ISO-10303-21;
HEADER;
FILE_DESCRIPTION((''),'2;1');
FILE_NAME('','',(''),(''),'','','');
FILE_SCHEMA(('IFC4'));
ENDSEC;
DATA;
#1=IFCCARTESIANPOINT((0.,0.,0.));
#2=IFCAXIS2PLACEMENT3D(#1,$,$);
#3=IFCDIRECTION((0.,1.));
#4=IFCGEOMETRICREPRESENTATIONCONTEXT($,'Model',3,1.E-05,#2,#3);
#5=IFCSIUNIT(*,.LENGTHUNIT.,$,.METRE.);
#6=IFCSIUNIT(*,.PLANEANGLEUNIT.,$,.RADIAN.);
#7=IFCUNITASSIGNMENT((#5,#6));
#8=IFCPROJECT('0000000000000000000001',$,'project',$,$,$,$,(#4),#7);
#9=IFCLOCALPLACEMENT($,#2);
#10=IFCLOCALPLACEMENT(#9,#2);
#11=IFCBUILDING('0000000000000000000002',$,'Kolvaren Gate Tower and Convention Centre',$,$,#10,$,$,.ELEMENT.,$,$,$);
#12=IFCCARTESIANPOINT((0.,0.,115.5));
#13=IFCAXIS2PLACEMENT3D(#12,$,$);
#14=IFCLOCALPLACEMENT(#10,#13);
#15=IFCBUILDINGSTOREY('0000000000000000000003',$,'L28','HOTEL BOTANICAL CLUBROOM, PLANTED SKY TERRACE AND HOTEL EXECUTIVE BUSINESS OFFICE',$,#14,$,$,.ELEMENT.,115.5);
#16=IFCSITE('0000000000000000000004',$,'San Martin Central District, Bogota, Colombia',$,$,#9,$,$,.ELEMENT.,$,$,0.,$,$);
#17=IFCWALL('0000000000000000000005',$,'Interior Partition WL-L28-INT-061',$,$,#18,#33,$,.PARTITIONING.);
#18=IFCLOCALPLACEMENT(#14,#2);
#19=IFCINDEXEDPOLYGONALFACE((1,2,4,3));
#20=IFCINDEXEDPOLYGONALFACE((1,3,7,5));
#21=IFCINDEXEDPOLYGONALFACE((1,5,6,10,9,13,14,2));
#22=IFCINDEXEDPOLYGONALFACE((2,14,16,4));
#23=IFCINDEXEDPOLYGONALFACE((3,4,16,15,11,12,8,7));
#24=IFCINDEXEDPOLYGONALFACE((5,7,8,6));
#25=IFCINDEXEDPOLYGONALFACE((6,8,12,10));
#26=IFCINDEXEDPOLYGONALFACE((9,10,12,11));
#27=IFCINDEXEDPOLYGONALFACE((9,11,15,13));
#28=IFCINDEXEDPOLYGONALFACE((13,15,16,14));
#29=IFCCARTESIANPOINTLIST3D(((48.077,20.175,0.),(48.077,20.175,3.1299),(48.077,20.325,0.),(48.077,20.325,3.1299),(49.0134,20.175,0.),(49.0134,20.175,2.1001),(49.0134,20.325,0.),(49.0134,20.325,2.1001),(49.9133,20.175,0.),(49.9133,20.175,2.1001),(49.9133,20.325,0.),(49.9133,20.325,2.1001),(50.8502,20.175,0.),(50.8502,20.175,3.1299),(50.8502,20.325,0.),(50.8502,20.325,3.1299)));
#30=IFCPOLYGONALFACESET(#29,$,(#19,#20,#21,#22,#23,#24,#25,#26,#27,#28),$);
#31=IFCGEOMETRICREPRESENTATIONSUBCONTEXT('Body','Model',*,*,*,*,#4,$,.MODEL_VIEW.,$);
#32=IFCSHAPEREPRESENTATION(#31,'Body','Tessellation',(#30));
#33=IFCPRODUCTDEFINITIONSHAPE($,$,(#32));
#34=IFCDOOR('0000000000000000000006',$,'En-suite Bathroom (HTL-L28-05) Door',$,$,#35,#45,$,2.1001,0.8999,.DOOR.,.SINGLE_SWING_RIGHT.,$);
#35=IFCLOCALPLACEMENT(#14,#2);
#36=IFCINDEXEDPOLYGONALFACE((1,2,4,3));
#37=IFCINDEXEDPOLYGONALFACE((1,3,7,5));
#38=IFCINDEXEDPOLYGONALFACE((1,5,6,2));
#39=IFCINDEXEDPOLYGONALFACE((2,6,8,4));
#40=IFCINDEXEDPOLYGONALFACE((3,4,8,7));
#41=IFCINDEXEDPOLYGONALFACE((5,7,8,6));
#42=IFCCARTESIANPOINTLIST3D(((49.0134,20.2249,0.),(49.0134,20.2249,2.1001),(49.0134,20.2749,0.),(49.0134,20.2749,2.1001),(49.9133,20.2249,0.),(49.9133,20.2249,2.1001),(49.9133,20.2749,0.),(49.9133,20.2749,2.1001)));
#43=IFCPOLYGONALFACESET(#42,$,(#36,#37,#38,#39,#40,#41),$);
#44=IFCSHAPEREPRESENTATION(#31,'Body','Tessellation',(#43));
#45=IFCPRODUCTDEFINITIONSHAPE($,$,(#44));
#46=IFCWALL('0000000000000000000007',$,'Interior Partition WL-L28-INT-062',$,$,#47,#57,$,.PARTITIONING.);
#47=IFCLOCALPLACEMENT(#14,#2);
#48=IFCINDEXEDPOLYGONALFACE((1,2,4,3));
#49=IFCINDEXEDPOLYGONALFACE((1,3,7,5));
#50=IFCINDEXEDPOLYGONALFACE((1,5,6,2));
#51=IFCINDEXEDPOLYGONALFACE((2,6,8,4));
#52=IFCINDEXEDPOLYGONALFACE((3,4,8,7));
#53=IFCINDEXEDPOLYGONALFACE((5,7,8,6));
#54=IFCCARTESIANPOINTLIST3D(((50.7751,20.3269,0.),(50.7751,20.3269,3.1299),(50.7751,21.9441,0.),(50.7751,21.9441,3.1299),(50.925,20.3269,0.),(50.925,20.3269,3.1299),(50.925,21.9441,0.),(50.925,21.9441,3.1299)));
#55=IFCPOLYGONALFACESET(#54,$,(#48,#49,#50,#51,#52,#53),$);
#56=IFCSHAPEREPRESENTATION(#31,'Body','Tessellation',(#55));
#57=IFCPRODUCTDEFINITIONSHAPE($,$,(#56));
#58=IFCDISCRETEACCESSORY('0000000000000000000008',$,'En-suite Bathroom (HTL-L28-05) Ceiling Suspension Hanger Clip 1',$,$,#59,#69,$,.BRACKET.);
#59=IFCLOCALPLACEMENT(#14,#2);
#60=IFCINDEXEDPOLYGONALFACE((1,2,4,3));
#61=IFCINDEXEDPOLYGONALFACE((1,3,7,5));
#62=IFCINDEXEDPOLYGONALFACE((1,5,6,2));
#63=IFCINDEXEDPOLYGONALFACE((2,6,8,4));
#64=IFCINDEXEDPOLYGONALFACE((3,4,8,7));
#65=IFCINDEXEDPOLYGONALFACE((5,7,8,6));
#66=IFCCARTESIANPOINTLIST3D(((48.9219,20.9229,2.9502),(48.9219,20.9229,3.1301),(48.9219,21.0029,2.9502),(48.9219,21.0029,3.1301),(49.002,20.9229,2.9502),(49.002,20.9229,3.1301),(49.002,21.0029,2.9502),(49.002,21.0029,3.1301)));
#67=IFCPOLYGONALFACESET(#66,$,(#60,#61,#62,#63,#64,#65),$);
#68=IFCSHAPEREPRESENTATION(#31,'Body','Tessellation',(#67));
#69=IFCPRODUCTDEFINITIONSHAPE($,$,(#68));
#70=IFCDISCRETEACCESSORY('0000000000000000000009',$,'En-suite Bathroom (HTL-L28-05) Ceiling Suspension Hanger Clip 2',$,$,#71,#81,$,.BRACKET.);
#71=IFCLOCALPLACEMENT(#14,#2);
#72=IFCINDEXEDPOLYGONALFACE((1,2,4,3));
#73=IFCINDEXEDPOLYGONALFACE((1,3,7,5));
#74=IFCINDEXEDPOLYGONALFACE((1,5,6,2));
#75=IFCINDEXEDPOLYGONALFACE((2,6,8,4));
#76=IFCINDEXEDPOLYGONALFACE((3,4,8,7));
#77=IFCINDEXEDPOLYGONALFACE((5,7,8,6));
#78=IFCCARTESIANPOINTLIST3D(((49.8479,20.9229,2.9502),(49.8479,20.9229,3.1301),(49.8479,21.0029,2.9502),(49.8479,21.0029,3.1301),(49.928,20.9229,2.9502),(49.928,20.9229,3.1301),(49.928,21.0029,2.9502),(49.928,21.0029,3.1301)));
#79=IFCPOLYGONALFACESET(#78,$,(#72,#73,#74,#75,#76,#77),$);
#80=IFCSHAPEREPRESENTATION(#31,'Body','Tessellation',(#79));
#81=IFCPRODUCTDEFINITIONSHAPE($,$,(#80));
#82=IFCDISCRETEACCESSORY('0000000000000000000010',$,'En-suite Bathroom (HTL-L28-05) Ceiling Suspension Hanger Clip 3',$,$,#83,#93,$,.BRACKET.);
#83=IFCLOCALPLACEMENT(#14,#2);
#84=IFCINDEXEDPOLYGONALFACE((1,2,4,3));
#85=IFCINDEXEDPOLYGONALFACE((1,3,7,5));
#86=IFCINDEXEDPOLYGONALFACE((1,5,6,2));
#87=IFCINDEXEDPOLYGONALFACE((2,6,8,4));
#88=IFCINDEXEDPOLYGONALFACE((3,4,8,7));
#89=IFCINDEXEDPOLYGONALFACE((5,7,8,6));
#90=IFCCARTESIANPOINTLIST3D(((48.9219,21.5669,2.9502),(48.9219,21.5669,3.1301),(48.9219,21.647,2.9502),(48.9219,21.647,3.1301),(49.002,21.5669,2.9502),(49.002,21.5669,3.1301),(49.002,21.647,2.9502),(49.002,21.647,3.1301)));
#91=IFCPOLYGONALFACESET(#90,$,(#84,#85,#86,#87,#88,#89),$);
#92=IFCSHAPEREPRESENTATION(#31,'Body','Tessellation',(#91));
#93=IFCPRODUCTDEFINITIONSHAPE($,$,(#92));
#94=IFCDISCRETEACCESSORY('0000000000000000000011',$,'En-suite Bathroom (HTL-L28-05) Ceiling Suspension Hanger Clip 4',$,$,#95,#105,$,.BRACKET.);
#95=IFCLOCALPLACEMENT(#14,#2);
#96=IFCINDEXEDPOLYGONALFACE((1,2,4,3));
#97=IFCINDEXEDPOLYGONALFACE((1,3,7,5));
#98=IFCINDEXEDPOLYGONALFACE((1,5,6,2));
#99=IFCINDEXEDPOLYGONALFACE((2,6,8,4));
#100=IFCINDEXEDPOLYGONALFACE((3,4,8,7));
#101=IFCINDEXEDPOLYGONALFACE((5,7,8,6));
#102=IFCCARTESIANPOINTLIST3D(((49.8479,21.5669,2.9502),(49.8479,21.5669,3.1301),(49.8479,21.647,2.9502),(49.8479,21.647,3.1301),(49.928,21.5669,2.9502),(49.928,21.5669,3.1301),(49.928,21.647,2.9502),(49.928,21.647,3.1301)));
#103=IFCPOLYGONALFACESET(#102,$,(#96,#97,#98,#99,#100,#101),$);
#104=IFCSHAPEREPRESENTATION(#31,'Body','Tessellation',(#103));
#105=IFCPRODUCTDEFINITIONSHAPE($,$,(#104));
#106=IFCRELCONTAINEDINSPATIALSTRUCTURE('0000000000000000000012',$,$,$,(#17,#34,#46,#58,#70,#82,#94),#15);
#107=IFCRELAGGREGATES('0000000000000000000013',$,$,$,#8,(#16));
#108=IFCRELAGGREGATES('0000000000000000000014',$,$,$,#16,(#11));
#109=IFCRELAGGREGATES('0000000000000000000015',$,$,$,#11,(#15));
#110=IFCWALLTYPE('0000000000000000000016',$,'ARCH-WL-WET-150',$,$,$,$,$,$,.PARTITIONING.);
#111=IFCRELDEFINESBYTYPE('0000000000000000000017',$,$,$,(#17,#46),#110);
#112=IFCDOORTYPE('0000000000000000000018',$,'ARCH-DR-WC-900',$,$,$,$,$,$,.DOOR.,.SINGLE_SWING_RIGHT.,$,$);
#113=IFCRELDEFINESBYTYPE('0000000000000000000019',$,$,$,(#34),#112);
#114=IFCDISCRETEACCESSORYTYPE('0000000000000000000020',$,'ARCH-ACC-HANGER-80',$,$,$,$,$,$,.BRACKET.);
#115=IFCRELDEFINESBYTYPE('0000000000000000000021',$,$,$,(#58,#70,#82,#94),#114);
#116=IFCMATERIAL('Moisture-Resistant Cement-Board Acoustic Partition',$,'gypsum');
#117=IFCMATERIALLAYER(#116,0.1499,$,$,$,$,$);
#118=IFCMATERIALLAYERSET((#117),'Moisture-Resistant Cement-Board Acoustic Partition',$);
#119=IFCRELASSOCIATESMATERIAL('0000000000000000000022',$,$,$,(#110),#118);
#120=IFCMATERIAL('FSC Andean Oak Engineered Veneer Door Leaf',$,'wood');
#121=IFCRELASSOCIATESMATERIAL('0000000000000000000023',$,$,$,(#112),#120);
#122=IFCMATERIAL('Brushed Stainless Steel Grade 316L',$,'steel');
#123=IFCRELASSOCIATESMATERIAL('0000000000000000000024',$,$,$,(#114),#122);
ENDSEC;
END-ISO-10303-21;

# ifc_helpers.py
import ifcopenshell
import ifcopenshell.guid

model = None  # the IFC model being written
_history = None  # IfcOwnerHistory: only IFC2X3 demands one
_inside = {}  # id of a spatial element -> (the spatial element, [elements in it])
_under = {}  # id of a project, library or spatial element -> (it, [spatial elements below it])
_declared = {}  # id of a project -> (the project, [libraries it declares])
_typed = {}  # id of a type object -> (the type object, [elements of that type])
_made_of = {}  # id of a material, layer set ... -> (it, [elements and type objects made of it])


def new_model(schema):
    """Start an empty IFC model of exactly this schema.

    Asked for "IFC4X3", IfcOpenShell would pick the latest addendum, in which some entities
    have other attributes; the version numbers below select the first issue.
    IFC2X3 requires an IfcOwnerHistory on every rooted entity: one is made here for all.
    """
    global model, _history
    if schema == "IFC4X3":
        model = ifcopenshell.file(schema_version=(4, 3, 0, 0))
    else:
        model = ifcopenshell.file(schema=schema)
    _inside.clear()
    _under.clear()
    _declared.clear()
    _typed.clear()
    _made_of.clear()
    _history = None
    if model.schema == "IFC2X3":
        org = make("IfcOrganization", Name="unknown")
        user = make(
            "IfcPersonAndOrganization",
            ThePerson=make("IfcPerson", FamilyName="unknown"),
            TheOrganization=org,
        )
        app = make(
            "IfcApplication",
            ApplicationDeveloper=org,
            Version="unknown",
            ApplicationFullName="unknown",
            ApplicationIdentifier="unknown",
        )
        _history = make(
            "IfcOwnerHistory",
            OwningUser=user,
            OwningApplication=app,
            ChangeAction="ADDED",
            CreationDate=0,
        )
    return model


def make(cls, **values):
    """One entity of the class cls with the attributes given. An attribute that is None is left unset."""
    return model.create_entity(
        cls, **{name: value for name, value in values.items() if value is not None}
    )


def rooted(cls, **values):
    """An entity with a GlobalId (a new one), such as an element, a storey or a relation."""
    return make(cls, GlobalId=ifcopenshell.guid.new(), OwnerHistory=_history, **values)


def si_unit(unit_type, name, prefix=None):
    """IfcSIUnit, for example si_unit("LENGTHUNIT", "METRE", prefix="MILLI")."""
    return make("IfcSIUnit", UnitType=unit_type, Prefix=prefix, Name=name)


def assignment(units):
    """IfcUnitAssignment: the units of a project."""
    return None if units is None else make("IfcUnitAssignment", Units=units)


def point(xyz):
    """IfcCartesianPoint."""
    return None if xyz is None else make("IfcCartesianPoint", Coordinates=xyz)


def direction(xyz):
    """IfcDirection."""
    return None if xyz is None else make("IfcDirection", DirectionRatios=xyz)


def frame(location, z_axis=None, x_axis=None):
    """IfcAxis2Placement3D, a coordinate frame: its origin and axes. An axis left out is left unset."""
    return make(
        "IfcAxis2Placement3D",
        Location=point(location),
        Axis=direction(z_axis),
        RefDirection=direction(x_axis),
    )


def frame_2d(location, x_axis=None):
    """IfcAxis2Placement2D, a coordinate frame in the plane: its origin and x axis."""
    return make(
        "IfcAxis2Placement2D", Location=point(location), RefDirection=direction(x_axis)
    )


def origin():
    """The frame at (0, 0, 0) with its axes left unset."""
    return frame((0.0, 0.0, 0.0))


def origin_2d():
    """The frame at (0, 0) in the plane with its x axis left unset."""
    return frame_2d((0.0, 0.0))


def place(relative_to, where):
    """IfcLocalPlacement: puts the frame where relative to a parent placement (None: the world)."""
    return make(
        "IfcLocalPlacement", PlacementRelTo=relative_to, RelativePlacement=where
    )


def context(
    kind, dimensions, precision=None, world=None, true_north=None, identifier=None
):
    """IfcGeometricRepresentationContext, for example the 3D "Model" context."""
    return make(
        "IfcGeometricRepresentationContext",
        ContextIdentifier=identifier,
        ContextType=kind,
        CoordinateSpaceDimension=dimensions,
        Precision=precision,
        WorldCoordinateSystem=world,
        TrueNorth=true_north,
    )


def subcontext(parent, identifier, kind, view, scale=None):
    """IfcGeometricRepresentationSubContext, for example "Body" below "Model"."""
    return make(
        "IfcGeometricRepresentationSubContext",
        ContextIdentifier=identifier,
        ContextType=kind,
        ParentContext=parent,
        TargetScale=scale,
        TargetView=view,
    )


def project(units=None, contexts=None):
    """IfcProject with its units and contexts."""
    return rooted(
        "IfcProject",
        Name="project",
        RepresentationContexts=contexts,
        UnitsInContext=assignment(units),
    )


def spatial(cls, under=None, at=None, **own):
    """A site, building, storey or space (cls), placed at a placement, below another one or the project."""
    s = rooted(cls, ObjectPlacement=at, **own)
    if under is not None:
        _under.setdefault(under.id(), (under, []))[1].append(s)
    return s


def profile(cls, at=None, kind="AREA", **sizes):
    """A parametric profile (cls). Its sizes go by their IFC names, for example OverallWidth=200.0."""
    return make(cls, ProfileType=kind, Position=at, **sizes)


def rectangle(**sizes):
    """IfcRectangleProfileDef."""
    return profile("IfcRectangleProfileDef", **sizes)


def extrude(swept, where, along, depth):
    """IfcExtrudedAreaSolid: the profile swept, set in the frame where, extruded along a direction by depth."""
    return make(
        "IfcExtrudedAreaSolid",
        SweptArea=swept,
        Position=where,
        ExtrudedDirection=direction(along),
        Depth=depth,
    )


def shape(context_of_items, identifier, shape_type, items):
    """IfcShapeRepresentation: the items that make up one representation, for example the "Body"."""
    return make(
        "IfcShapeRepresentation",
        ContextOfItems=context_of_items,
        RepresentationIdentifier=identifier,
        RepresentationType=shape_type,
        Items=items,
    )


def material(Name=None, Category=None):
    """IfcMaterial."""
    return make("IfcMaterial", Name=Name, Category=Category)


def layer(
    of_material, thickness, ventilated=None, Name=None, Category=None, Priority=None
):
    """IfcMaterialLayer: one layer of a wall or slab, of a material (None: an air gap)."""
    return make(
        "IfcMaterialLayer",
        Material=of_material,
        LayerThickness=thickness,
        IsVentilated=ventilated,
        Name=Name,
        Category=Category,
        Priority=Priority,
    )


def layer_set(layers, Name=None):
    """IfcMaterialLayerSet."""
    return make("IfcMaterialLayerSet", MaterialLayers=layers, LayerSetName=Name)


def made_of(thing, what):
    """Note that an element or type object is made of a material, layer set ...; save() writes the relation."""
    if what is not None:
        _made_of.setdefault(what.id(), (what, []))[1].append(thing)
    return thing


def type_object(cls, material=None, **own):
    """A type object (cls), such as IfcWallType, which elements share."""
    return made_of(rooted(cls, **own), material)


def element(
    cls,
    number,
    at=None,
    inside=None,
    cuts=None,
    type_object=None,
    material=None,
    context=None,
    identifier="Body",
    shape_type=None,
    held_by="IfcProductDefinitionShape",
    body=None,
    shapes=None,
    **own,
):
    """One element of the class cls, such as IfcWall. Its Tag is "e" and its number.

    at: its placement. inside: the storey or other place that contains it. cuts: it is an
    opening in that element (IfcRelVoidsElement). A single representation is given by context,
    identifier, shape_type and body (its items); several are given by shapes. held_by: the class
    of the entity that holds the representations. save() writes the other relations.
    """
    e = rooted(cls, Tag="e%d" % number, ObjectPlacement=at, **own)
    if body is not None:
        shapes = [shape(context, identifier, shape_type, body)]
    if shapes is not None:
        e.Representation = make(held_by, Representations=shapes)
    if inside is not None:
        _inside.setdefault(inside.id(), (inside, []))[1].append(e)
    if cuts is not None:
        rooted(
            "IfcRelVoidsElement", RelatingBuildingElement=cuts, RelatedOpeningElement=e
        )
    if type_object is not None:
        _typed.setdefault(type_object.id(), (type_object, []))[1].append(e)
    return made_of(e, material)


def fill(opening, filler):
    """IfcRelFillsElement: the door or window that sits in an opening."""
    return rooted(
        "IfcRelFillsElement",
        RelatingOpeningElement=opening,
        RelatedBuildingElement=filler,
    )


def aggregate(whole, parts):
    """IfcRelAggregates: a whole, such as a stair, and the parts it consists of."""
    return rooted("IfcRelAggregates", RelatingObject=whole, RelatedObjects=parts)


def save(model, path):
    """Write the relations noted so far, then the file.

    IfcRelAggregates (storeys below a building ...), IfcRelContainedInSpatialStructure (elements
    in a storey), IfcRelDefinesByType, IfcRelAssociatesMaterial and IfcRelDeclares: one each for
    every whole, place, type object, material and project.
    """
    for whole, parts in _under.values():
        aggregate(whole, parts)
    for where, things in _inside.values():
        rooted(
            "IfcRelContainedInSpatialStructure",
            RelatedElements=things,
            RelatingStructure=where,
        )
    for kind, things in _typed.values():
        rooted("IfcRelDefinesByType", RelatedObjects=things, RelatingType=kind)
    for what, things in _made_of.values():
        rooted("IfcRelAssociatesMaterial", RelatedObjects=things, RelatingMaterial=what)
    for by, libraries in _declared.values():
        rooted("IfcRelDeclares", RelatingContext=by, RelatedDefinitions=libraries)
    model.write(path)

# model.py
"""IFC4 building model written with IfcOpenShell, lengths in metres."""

from ifc_helpers import new_model, si_unit, direction, frame, frame_2d, origin, origin_2d, place, context, subcontext, project, spatial, rectangle, extrude, material, layer, layer_set, type_object, element, fill, save


model = new_model("IFC4")

# Units and contexts
model_context = context("Model", 3, precision=1e-05, world=origin(), true_north=direction((0.0, 1.0)))
body_context = subcontext(model_context, "Body", "Model", "MODEL_VIEW")
ifc_project = project(units=[si_unit("LENGTHUNIT", "METRE"), si_unit("PLANEANGLEUNIT", "RADIAN")], contexts=[model_context])

# Site, building, storey
site_placement = place(None, origin())
site = spatial("IfcSite", under=ifc_project, at=site_placement, Name="San Martin Central District, Bogota, Colombia", CompositionType="ELEMENT", RefElevation=0.0)
building_placement = place(site_placement, origin())
building = spatial("IfcBuilding", under=site, at=building_placement, Name="Kolvaren Gate Tower and Convention Centre", CompositionType="ELEMENT")
storey_placement = place(building_placement, frame((0.0, 0.0, 115.5)))
storey = spatial("IfcBuildingStorey", under=building, at=storey_placement, Name="L28", Description="HOTEL BOTANICAL CLUBROOM, PLANTED SKY TERRACE AND HOTEL EXECUTIVE BUSINESS OFFICE", CompositionType="ELEMENT", Elevation=115.5)

# Shared definitions
ifc_material_1 = material(Name="Moisture-Resistant Cement-Board Acoustic Partition", Category="gypsum")
ifc_layer_1 = layer(ifc_material_1, 0.1499)
ifc_layer_set_1 = layer_set([ifc_layer_1], Name="Moisture-Resistant Cement-Board Acoustic Partition")
wall_type_1 = type_object("IfcWallType", Name="ARCH-WL-WET-150", PredefinedType="PARTITIONING", material=ifc_layer_set_1)

# Wall, opening, door
wall_1_placement = place(storey_placement, frame((48.0769, 20.25, 0.0), z_axis=(0.0, 0.0, 1.0), x_axis=(1.0, 0.0, 0.0)))
wall_1 = element("IfcWall", 1, at=wall_1_placement, inside=storey, type_object=wall_type_1, Name="Interior Partition WL-L28-INT-061", PredefinedType="PARTITIONING", context=body_context, shape_type="SweptSolid", body=[
    extrude(rectangle(XDim=2.7732, YDim=0.1499, at=frame_2d((1.3867, 0.0))), origin(), (0.0, 0.0, 1.0), 3.1299),
])
opening_1_placement = place(wall_1_placement, frame((0.9365, 0.0, 0.0)))
opening_1 = element("IfcOpeningElement", 2, at=opening_1_placement, cuts=wall_1, PredefinedType="OPENING", context=body_context, shape_type="SweptSolid", body=[
    extrude(rectangle(XDim=0.8999, YDim=2.1001, at=frame_2d((0.45, 1.05))), frame((0.0, 0.085, 0.0), z_axis=(0.0, -1.0, 0.0), x_axis=(1.0, 0.0, 0.0)), (0.0, 0.0, 1.0), 0.1699),
])
ifc_material_2 = material(Name="FSC Andean Oak Engineered Veneer Door Leaf", Category="wood")
door_type_1 = type_object("IfcDoorType", Name="ARCH-DR-WC-900", OperationType="SINGLE_SWING_RIGHT", PredefinedType="DOOR", material=ifc_material_2)
door_1_placement = place(opening_1_placement, origin())
door_1 = element("IfcDoor", 3, at=door_1_placement, inside=storey, type_object=door_type_1, Name="En-suite Bathroom (HTL-L28-05) Door", OperationType="SINGLE_SWING_RIGHT", OverallHeight=2.1001, OverallWidth=0.8999, PredefinedType="DOOR", context=body_context, shape_type="SweptSolid", body=[
    extrude(rectangle(XDim=0.8999, YDim=2.1001, at=frame_2d((0.45, 1.05))), frame((0.0, 0.0249, 0.0), z_axis=(0.0, -1.0, 0.0), x_axis=(1.0, 0.0, 0.0)), (0.0, 0.0, 1.0), 0.05),
])
fill(opening_1, door_1)

# Wall
wall_2_placement = place(storey_placement, frame((50.8501, 20.3269, 0.0), z_axis=(0.0, 0.0, 1.0), x_axis=(0.0, 1.0, 0.0)))
element("IfcWall", 4, at=wall_2_placement, inside=storey, type_object=wall_type_1, Name="Interior Partition WL-L28-INT-062", PredefinedType="PARTITIONING", context=body_context, shape_type="SweptSolid", body=[
    extrude(rectangle(XDim=1.6172, YDim=0.1499, at=frame_2d((0.8086, 0.0))), origin(), (0.0, 0.0, 1.0), 3.1299),
])

# Shared definitions
ifc_material_3 = material(Name="Brushed Stainless Steel Grade 316L", Category="steel")

# Discrete accessories
discrete_accessory_type = type_object("IfcDiscreteAccessoryType", Name="ARCH-ACC-HANGER-80", PredefinedType="BRACKET", material=ifc_material_3)
for number, where, z_axis, x_axis, name in (
    (5, (48.9619, 20.9629, 2.9502), (0.0, 0.0, 1.0), (1.0, 0.0, 0.0), "En-suite Bathroom (HTL-L28-05) Ceiling Suspension Hanger Clip 1"),
    (6, (49.8879, 20.9629, 2.9502), (0.0, 0.0, 1.0), (1.0, 0.0, 0.0), "En-suite Bathroom (HTL-L28-05) Ceiling Suspension Hanger Clip 2"),
    (7, (48.9619, 21.6069, 2.9502), (0.0, 0.0, 1.0), (1.0, 0.0, 0.0), "En-suite Bathroom (HTL-L28-05) Ceiling Suspension Hanger Clip 3"),
    (8, (49.8879, 21.6069, 2.9502), (0.0, 0.0, 1.0), (1.0, 0.0, 0.0), "En-suite Bathroom (HTL-L28-05) Ceiling Suspension Hanger Clip 4"),
):
    element("IfcDiscreteAccessory", number, at=place(storey_placement, frame(where, z_axis=z_axis, x_axis=x_axis)), inside=storey, type_object=discrete_accessory_type, Name=name, PredefinedType="BRACKET", context=body_context, shape_type="SweptSolid", body=[
        extrude(rectangle(XDim=0.0801, YDim=0.0801, at=origin_2d()), origin(), (0.0, 0.0, 1.0), 0.1799),
    ])

save(model, "model.ifc")
